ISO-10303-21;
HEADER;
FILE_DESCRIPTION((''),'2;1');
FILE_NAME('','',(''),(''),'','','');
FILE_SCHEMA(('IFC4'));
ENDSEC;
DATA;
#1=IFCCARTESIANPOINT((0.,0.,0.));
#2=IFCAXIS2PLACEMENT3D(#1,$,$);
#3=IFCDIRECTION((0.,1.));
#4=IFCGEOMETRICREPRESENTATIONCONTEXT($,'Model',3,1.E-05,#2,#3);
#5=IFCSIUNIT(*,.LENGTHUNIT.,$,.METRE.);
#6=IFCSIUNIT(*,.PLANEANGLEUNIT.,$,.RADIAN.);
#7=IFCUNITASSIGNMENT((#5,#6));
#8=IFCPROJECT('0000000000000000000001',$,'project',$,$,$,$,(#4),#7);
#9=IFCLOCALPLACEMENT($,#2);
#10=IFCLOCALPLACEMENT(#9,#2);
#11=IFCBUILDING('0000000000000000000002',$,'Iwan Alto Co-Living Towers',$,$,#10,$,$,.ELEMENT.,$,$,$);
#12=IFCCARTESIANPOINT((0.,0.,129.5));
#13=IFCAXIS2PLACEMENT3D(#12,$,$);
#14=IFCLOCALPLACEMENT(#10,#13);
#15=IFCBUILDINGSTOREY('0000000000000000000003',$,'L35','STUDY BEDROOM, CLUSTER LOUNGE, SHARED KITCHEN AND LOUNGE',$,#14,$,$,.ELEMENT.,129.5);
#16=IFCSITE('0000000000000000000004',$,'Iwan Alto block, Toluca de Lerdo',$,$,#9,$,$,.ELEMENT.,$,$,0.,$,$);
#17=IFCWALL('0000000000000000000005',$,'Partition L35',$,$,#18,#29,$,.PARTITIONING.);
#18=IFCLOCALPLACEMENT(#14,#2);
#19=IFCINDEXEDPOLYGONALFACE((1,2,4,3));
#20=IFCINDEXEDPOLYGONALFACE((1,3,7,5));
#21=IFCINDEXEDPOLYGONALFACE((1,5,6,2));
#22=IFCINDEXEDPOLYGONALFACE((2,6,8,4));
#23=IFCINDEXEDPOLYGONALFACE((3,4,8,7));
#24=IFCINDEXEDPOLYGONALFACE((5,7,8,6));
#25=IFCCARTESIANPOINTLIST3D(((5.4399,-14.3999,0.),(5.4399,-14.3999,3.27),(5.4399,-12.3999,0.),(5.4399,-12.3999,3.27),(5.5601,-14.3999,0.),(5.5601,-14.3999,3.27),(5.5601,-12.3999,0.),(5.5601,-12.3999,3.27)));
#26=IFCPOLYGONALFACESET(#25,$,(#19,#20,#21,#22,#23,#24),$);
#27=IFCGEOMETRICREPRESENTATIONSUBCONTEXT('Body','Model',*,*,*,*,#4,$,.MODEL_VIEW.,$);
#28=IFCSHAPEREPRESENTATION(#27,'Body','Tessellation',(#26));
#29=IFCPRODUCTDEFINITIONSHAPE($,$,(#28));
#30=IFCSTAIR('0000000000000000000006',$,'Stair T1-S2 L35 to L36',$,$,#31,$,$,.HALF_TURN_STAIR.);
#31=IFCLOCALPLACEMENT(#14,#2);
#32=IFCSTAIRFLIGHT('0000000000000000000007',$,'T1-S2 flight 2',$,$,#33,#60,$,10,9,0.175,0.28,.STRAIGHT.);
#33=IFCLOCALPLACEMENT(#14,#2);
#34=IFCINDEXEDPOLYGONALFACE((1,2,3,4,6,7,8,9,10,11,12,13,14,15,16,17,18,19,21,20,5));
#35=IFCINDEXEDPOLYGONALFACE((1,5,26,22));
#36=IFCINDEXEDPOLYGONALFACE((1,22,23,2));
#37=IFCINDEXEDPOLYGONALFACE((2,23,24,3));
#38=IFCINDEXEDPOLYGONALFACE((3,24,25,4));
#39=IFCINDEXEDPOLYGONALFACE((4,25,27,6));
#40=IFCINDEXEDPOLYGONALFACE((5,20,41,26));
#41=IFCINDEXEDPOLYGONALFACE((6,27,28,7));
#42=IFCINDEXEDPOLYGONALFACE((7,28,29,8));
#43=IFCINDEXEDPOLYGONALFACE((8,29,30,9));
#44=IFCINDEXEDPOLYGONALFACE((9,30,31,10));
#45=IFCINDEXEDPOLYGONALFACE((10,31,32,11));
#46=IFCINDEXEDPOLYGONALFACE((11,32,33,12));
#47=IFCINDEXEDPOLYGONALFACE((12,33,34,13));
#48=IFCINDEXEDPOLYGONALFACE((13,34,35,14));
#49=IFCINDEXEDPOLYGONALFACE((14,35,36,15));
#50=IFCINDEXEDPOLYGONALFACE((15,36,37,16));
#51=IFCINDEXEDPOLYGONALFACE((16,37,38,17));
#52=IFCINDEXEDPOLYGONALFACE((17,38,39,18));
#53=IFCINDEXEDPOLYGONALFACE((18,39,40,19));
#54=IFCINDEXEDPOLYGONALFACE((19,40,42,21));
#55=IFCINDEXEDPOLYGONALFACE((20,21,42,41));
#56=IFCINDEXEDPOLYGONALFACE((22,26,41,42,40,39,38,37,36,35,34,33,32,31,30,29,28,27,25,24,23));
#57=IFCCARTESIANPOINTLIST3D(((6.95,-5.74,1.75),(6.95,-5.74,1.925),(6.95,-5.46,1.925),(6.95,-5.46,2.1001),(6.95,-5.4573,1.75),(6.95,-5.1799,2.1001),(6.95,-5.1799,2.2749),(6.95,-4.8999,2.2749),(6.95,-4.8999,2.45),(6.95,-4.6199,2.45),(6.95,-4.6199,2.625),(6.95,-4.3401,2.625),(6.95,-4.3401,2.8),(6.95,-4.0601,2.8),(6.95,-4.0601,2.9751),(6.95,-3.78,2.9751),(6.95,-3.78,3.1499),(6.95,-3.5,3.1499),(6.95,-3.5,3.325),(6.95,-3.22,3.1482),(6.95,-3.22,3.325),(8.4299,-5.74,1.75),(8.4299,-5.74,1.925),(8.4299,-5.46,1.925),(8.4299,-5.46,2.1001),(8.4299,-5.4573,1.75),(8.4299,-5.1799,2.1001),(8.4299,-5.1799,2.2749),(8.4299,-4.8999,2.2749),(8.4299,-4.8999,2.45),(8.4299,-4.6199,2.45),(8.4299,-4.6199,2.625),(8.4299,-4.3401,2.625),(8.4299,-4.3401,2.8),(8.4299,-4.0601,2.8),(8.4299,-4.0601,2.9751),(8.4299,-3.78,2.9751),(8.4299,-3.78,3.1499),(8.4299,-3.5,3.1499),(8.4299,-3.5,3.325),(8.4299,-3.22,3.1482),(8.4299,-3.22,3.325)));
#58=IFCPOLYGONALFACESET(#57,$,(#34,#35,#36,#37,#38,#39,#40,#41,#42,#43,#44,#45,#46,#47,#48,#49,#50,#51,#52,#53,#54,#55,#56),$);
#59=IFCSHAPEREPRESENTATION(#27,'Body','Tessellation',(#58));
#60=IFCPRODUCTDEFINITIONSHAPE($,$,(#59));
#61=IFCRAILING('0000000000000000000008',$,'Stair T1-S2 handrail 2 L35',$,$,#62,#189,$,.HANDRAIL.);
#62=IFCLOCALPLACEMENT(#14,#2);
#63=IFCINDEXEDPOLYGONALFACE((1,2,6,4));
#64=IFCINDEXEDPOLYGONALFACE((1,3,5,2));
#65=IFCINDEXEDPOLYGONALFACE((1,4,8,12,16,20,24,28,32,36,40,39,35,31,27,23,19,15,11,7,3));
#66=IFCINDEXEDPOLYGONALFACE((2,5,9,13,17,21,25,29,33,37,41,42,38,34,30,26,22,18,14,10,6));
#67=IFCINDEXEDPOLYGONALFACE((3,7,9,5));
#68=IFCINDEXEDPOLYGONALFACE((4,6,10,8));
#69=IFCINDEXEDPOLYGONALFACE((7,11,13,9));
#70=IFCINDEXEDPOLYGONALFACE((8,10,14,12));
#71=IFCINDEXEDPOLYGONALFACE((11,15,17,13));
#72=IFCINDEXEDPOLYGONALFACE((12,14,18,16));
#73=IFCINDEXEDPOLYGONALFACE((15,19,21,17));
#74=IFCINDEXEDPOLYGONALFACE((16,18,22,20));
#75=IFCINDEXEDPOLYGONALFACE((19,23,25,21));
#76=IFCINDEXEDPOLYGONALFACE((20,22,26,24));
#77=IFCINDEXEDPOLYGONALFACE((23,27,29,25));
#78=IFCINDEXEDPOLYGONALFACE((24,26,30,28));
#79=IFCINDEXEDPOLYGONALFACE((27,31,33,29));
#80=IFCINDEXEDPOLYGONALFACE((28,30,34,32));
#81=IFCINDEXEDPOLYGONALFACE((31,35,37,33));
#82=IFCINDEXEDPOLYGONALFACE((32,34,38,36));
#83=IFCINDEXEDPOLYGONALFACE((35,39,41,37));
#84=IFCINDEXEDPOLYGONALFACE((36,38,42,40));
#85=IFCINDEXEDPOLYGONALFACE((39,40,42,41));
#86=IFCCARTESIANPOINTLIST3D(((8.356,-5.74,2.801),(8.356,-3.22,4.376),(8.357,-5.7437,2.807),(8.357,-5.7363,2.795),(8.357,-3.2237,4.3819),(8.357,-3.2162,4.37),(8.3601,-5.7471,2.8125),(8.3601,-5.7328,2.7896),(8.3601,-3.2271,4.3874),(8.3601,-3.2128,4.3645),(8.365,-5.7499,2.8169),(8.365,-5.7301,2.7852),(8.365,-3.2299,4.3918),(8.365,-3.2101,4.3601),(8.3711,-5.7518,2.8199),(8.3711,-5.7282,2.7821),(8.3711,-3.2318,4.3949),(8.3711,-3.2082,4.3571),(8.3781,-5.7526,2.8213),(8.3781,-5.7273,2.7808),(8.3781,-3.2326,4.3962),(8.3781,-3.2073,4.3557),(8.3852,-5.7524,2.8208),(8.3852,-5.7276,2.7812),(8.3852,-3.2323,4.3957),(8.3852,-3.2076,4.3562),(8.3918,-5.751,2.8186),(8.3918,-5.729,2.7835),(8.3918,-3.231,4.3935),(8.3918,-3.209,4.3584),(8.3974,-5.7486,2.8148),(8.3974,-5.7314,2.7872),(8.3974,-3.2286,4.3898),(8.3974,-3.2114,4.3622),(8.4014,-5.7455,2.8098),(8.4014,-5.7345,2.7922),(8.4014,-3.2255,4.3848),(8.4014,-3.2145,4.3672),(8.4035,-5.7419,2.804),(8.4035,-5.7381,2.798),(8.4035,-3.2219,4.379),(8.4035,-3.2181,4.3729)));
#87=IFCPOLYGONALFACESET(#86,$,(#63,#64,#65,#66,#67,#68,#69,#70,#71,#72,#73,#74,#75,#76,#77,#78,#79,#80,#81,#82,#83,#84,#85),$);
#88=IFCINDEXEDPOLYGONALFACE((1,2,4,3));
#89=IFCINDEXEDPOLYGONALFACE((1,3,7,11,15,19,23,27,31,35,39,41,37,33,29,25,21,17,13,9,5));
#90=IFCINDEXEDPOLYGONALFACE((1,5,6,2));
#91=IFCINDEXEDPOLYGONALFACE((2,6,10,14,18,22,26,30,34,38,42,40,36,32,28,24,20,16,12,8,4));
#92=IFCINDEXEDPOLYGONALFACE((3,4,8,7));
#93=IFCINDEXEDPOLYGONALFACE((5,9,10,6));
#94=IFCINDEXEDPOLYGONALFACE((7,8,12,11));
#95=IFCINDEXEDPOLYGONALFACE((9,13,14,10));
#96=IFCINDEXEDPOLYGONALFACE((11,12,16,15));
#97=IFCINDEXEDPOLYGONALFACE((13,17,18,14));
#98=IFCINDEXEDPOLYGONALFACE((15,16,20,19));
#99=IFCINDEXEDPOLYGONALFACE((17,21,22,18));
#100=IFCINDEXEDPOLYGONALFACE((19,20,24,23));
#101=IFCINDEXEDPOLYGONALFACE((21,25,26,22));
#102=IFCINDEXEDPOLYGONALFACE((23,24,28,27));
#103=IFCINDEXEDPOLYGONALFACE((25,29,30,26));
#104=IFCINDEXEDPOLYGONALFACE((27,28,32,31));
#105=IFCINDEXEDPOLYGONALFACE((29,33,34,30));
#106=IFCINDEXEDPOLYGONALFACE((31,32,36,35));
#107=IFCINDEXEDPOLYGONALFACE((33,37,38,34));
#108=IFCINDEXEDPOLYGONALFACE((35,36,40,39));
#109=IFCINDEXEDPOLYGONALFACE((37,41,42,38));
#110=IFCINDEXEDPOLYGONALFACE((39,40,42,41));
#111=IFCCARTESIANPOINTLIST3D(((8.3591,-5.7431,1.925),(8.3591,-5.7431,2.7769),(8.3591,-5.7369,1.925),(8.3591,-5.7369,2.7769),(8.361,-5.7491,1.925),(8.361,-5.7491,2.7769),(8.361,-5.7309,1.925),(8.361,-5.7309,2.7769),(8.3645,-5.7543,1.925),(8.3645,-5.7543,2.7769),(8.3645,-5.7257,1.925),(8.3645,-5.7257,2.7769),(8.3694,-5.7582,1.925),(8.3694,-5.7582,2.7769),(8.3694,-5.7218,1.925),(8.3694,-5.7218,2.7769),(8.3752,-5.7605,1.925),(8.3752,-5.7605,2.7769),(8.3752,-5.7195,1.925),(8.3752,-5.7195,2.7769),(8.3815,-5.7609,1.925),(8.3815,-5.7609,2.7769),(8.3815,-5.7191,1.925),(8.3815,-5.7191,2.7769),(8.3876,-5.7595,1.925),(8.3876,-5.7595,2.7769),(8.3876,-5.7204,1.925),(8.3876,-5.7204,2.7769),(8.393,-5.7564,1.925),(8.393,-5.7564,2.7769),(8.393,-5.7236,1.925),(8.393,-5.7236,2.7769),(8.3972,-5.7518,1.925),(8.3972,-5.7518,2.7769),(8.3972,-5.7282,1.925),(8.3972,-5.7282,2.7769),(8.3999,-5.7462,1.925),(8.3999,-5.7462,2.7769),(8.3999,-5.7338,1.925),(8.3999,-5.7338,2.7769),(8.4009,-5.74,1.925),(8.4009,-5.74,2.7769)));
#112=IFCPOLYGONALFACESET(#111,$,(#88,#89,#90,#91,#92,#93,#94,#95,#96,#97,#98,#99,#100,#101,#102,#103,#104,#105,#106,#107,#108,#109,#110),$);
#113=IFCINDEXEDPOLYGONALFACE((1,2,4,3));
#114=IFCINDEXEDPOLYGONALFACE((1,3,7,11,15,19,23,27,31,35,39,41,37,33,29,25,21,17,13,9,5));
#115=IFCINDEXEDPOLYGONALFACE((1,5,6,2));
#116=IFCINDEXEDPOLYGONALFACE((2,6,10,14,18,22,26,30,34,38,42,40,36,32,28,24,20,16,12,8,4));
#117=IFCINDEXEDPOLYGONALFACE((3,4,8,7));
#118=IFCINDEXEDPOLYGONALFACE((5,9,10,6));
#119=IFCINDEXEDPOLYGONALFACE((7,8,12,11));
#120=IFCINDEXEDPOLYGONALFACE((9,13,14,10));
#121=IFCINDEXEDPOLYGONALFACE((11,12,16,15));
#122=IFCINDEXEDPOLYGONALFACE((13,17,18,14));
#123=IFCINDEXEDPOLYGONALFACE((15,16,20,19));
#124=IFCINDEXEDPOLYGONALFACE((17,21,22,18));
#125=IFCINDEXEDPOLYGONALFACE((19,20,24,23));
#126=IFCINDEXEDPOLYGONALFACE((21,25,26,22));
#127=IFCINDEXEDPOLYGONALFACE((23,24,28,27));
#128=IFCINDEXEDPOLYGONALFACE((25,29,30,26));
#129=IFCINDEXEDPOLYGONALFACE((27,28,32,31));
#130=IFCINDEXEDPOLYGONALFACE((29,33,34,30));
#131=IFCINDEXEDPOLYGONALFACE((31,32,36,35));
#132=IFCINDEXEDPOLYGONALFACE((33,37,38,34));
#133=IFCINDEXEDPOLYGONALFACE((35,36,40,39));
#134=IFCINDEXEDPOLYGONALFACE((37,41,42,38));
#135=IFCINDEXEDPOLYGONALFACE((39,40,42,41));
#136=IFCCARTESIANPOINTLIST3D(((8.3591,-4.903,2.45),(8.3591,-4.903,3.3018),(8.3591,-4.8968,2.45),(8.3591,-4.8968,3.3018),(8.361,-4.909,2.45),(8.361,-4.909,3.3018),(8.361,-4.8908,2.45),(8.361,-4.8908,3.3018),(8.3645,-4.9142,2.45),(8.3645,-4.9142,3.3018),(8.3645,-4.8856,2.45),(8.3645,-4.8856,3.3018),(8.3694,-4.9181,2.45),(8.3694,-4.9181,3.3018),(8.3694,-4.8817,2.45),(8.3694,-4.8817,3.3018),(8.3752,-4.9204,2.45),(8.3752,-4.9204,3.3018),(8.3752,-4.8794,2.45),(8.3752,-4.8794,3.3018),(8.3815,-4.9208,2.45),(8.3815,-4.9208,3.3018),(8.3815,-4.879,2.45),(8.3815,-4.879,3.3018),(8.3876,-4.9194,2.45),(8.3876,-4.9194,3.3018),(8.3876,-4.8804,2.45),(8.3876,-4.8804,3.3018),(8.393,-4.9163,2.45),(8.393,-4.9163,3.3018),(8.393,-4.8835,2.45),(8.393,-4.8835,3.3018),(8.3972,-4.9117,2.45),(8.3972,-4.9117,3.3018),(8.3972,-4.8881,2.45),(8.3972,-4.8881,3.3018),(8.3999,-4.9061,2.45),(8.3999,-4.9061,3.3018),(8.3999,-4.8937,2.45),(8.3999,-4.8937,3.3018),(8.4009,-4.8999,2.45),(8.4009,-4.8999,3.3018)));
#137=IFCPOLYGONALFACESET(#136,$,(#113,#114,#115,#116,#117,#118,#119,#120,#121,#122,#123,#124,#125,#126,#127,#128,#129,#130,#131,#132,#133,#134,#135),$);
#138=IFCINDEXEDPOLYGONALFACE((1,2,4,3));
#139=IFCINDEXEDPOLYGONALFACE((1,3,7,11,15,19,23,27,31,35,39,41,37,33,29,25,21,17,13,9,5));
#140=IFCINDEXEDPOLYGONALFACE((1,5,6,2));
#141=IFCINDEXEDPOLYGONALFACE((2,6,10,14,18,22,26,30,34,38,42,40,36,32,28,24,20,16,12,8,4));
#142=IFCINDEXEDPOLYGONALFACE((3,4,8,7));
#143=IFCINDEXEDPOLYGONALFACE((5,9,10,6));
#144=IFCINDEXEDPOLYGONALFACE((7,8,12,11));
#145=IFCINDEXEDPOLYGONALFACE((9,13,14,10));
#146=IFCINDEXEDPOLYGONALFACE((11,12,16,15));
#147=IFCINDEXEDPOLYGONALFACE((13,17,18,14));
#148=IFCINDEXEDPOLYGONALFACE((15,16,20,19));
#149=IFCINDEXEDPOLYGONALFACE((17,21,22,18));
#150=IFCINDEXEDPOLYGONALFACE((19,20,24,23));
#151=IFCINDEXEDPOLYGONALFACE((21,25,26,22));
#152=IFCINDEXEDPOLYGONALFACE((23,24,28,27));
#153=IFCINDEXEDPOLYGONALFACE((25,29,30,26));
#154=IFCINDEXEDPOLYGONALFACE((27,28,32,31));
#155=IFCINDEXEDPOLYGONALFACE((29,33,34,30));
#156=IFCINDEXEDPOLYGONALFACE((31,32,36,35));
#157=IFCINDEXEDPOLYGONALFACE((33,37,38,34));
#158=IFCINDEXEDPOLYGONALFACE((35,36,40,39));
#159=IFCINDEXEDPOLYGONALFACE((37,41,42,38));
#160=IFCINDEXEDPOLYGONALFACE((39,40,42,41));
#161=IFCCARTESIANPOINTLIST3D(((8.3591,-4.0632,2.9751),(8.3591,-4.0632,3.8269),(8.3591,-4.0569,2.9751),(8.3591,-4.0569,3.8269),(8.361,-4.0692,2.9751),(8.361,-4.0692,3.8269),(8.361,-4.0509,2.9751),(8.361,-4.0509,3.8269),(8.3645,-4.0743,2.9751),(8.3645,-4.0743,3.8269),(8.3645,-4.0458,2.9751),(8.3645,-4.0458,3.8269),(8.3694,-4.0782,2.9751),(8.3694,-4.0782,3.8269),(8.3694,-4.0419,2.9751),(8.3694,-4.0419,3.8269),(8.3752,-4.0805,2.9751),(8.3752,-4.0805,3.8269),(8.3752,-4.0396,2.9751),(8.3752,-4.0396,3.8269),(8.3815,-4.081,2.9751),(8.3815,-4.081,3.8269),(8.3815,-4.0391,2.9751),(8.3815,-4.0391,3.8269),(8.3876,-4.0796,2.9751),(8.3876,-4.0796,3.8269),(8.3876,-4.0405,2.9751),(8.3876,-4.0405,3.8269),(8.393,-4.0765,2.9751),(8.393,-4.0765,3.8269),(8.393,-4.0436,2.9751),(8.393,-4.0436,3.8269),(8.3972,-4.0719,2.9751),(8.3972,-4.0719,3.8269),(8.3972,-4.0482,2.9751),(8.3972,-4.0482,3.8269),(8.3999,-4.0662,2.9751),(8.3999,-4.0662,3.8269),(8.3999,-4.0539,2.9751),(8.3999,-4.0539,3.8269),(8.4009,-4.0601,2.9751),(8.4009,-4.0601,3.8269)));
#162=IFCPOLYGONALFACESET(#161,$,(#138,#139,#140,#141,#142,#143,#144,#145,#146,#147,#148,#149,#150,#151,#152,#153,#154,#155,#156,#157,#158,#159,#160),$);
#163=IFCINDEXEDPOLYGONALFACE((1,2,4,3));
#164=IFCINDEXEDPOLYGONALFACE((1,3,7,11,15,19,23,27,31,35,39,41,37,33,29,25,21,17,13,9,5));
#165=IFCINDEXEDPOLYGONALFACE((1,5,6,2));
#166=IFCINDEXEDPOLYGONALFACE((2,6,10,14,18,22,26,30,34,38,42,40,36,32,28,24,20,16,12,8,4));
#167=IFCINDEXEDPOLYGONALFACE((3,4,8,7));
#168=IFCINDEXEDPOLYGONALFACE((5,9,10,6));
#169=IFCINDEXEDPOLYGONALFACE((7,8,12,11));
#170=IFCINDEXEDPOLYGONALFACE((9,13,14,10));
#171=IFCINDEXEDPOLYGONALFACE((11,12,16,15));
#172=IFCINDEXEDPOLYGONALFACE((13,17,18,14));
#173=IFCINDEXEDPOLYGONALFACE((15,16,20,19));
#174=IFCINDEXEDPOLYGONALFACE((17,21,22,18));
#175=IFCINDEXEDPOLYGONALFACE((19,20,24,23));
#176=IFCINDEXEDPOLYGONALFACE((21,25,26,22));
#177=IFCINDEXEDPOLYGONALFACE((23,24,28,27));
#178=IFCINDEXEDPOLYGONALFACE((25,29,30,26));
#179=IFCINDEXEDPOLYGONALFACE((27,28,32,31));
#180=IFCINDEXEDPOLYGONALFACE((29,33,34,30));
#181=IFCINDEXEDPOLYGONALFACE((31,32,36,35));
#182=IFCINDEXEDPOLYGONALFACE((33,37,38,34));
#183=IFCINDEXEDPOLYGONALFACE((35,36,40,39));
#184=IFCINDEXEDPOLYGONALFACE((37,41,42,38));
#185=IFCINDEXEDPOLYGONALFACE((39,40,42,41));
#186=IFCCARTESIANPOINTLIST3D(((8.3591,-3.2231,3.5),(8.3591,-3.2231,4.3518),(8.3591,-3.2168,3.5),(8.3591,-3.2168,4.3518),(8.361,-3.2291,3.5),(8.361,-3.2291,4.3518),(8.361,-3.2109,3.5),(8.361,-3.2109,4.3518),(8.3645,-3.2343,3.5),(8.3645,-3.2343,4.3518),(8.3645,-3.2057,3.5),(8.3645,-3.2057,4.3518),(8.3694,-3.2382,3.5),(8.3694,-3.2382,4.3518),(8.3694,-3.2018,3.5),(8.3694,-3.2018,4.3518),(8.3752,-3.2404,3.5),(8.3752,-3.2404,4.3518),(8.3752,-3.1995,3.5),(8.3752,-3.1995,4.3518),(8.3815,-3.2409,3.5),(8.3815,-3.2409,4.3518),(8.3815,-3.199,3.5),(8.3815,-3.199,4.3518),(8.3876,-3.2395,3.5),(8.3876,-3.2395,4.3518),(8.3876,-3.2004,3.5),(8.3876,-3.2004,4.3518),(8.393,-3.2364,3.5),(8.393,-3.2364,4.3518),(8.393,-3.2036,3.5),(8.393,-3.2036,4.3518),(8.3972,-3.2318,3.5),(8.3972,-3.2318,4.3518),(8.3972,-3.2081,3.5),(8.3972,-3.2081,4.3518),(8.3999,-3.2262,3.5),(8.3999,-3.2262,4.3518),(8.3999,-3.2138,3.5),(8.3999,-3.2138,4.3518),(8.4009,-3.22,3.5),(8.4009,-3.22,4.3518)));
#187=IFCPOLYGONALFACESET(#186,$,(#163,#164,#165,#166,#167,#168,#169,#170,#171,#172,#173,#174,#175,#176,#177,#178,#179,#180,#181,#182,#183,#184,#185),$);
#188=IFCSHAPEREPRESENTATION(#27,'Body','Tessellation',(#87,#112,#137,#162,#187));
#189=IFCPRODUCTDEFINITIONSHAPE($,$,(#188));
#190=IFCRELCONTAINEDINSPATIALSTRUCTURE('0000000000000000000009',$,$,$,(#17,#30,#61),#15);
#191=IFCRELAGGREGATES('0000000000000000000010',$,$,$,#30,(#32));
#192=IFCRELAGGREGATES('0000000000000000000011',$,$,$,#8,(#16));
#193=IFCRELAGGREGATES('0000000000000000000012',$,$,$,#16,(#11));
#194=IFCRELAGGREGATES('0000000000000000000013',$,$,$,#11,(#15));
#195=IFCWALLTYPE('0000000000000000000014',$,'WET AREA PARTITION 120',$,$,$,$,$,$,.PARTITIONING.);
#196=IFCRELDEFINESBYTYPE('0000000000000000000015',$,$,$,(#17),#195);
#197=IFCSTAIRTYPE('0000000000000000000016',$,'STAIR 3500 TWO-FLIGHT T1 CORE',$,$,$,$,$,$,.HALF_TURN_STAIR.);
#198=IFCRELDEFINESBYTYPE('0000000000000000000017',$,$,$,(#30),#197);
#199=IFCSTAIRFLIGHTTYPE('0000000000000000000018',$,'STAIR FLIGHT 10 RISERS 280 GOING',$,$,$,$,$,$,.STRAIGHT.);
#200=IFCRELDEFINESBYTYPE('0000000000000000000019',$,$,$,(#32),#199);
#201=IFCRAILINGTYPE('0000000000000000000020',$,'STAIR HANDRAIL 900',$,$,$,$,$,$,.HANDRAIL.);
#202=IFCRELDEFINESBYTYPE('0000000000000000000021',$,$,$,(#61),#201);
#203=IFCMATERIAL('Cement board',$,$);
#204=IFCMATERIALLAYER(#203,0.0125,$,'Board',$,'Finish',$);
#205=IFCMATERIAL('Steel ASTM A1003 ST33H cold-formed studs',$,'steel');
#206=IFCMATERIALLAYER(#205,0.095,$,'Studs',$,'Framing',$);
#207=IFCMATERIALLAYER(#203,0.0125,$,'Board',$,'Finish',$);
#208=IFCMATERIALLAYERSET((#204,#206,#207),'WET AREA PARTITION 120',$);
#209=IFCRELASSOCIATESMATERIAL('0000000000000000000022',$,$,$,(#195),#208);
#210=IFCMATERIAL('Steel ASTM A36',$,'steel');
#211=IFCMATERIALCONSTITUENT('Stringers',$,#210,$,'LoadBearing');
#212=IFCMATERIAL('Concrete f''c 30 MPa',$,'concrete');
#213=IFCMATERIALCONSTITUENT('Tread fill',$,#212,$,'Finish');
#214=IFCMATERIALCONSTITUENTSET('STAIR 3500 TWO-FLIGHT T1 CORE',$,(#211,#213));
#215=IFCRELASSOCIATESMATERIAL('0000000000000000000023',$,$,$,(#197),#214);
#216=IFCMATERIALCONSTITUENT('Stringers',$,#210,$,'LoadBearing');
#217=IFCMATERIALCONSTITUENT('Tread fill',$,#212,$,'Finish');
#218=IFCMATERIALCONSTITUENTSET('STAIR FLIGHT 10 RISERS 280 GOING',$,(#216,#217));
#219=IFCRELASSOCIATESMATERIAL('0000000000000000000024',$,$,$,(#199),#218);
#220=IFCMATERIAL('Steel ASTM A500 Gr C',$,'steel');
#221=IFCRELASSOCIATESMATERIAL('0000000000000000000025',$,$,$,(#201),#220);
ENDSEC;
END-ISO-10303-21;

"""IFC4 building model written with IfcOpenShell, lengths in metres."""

from ifc_helpers import new_model, si_unit, direction, frame, frame_2d, origin, origin_2d, place, context, subcontext, project, spatial, polyline, rectangle, circle, outline, extrude, material, layer, layer_set, constituent, constituent_set, type_object, element, aggregate, save


model = new_model("IFC4")

# Units and contexts
model_context = context("Model", 3, precision=1e-05, world=origin(), true_north=direction((0.0, 1.0)))
body_context = subcontext(model_context, "Body", "Model", "MODEL_VIEW")
ifc_project = project(units=[si_unit("LENGTHUNIT", "METRE"), si_unit("PLANEANGLEUNIT", "RADIAN")], contexts=[model_context])

# Site, building, storey
site_placement = place(None, origin())
site = spatial("IfcSite", under=ifc_project, at=site_placement, Name="Iwan Alto block, Toluca de Lerdo", CompositionType="ELEMENT", RefElevation=0.0)
building_placement = place(site_placement, origin())
building = spatial("IfcBuilding", under=site, at=building_placement, Name="Iwan Alto Co-Living Towers", CompositionType="ELEMENT")
storey_placement = place(building_placement, frame((0.0, 0.0, 129.5)))
storey = spatial("IfcBuildingStorey", under=building, at=storey_placement, Name="L35", Description="STUDY BEDROOM, CLUSTER LOUNGE, SHARED KITCHEN AND LOUNGE", CompositionType="ELEMENT", Elevation=129.5)

# Shared definitions
ifc_material_1 = material(Name="Steel ASTM A1003 ST33H cold-formed studs", Category="steel")

# Wall
ifc_material_2 = material(Name="Cement board")
ifc_layer_1 = layer(ifc_material_2, 0.0125, Name="Board", Category="Finish")
ifc_layer_2 = layer(ifc_material_1, 0.095, Name="Studs", Category="Framing")
ifc_layer_3 = layer(ifc_material_2, 0.0125, Name="Board", Category="Finish")
ifc_layer_set_1 = layer_set([ifc_layer_1, ifc_layer_2, ifc_layer_3], Name="WET AREA PARTITION 120")
wall_type_1 = type_object("IfcWallType", Name="WET AREA PARTITION 120", PredefinedType="PARTITIONING", material=ifc_layer_set_1)
wall_1_placement = place(storey_placement, frame((5.5, -14.3999, 0.0), z_axis=(0.0, 0.0, 1.0), x_axis=(0.0, 1.0, 0.0)))
element("IfcWall", 1, at=wall_1_placement, inside=storey, type_object=wall_type_1, Name="Partition L35", PredefinedType="PARTITIONING", context=body_context, shape_type="SweptSolid", body=[
    extrude(rectangle(XDim=2.0, YDim=0.1201, at=frame_2d((1.0, 0.0))), origin(), (0.0, 0.0, 1.0), 3.27),
])

# Stair, stair flight
ifc_material_3 = material(Name="Steel ASTM A36", Category="steel")
ifc_constituent_1 = constituent(ifc_material_3, Name="Stringers", Category="LoadBearing")
ifc_material_4 = material(Name="Concrete f'c 30 MPa", Category="concrete")
ifc_constituent_2 = constituent(ifc_material_4, Name="Tread fill", Category="Finish")
ifc_constituent_set_1 = constituent_set(constituents=[ifc_constituent_1, ifc_constituent_2], Name="STAIR 3500 TWO-FLIGHT T1 CORE")
stair_type = type_object("IfcStairType", Name="STAIR 3500 TWO-FLIGHT T1 CORE", PredefinedType="HALF_TURN_STAIR", material=ifc_constituent_set_1)
stair_placement = place(storey_placement, origin())
stair = element("IfcStair", 2, at=stair_placement, inside=storey, type_object=stair_type, Name="Stair T1-S2 L35 to L36", PredefinedType="HALF_TURN_STAIR")
ifc_constituent_3 = constituent(ifc_material_3, Name="Stringers", Category="LoadBearing")
ifc_constituent_4 = constituent(ifc_material_4, Name="Tread fill", Category="Finish")
ifc_constituent_set_2 = constituent_set(constituents=[ifc_constituent_3, ifc_constituent_4], Name="STAIR FLIGHT 10 RISERS 280 GOING")
stair_flight_type = type_object("IfcStairFlightType", Name="STAIR FLIGHT 10 RISERS 280 GOING", PredefinedType="STRAIGHT", material=ifc_constituent_set_2)
stair_flight_placement = place(storey_placement, frame((7.6899, -5.74, 1.75), z_axis=(0.0, 0.0, 1.0), x_axis=(0.0, 1.0, 0.0)))
stair_flight = element("IfcStairFlight", 3, at=stair_flight_placement, type_object=stair_flight_type, Name="T1-S2 flight 2", NumberOfRisers=10, NumberOfTreads=9, PredefinedType="STRAIGHT", RiserHeight=0.175, TreadLength=0.28, context=body_context, shape_type="SweptSolid", body=[
    extrude(outline(polyline([(0.0, 0.0), (0.0, 0.175), (0.28, 0.175), (0.28, 0.3501), (0.5601, 0.3501), (0.5601, 0.5249), (0.8401, 0.5249), (0.8401, 0.7), (1.1201, 0.7), (1.1201, 0.875), (1.3999, 0.875), (1.3999, 1.05), (1.6799, 1.05), (1.6799, 1.2251), (1.96, 1.2251), (1.96, 1.3999), (2.24, 1.3999), (2.24, 1.575), (2.52, 1.575), (2.52, 1.75), (2.52, 1.3982), (0.2827, 0.0), (0.0, 0.0)])), frame((0.0, 0.74, 0.0), z_axis=(0.0, -1.0, 0.0), x_axis=(1.0, 0.0, 0.0)), (0.0, 0.0, 1.0), 1.48),
])
aggregate(stair, [stair_flight])

# Railing
ifc_material_5 = material(Name="Steel ASTM A500 Gr C", Category="steel")
railing_type = type_object("IfcRailingType", Name="STAIR HANDRAIL 900", PredefinedType="HANDRAIL", material=ifc_material_5)
railing_placement = place(storey_placement, frame((8.3799, -5.74, 1.925)))
element("IfcRailing", 4, at=railing_placement, inside=storey, type_object=railing_type, Name="Stair T1-S2 handrail 2 L35", PredefinedType="HANDRAIL", context=body_context, shape_type="SweptSolid", body=[
    extrude(circle(Radius=0.0239, at=origin_2d()), frame((0.0, 0.0, 0.876), z_axis=(0.0, 0.848008, 0.529984), x_axis=(-1.0, 0.0, 0.0)), (0.0, 0.0, 1.0), 2.9717),
    extrude(circle(Radius=0.021, at=origin_2d()), origin(), (0.0, 0.0, 1.0), 0.8518),
    extrude(circle(Radius=0.021, at=origin_2d()), frame((0.0, 0.8401, 0.5249)), (0.0, 0.0, 1.0), 0.8518),
    extrude(circle(Radius=0.021, at=origin_2d()), frame((0.0, 1.6799, 1.05)), (0.0, 0.0, 1.0), 0.8518),
    extrude(circle(Radius=0.021, at=origin_2d()), frame((0.0, 2.52, 1.575)), (0.0, 0.0, 1.0), 0.8518),
])

save(model, "model.ifc")
